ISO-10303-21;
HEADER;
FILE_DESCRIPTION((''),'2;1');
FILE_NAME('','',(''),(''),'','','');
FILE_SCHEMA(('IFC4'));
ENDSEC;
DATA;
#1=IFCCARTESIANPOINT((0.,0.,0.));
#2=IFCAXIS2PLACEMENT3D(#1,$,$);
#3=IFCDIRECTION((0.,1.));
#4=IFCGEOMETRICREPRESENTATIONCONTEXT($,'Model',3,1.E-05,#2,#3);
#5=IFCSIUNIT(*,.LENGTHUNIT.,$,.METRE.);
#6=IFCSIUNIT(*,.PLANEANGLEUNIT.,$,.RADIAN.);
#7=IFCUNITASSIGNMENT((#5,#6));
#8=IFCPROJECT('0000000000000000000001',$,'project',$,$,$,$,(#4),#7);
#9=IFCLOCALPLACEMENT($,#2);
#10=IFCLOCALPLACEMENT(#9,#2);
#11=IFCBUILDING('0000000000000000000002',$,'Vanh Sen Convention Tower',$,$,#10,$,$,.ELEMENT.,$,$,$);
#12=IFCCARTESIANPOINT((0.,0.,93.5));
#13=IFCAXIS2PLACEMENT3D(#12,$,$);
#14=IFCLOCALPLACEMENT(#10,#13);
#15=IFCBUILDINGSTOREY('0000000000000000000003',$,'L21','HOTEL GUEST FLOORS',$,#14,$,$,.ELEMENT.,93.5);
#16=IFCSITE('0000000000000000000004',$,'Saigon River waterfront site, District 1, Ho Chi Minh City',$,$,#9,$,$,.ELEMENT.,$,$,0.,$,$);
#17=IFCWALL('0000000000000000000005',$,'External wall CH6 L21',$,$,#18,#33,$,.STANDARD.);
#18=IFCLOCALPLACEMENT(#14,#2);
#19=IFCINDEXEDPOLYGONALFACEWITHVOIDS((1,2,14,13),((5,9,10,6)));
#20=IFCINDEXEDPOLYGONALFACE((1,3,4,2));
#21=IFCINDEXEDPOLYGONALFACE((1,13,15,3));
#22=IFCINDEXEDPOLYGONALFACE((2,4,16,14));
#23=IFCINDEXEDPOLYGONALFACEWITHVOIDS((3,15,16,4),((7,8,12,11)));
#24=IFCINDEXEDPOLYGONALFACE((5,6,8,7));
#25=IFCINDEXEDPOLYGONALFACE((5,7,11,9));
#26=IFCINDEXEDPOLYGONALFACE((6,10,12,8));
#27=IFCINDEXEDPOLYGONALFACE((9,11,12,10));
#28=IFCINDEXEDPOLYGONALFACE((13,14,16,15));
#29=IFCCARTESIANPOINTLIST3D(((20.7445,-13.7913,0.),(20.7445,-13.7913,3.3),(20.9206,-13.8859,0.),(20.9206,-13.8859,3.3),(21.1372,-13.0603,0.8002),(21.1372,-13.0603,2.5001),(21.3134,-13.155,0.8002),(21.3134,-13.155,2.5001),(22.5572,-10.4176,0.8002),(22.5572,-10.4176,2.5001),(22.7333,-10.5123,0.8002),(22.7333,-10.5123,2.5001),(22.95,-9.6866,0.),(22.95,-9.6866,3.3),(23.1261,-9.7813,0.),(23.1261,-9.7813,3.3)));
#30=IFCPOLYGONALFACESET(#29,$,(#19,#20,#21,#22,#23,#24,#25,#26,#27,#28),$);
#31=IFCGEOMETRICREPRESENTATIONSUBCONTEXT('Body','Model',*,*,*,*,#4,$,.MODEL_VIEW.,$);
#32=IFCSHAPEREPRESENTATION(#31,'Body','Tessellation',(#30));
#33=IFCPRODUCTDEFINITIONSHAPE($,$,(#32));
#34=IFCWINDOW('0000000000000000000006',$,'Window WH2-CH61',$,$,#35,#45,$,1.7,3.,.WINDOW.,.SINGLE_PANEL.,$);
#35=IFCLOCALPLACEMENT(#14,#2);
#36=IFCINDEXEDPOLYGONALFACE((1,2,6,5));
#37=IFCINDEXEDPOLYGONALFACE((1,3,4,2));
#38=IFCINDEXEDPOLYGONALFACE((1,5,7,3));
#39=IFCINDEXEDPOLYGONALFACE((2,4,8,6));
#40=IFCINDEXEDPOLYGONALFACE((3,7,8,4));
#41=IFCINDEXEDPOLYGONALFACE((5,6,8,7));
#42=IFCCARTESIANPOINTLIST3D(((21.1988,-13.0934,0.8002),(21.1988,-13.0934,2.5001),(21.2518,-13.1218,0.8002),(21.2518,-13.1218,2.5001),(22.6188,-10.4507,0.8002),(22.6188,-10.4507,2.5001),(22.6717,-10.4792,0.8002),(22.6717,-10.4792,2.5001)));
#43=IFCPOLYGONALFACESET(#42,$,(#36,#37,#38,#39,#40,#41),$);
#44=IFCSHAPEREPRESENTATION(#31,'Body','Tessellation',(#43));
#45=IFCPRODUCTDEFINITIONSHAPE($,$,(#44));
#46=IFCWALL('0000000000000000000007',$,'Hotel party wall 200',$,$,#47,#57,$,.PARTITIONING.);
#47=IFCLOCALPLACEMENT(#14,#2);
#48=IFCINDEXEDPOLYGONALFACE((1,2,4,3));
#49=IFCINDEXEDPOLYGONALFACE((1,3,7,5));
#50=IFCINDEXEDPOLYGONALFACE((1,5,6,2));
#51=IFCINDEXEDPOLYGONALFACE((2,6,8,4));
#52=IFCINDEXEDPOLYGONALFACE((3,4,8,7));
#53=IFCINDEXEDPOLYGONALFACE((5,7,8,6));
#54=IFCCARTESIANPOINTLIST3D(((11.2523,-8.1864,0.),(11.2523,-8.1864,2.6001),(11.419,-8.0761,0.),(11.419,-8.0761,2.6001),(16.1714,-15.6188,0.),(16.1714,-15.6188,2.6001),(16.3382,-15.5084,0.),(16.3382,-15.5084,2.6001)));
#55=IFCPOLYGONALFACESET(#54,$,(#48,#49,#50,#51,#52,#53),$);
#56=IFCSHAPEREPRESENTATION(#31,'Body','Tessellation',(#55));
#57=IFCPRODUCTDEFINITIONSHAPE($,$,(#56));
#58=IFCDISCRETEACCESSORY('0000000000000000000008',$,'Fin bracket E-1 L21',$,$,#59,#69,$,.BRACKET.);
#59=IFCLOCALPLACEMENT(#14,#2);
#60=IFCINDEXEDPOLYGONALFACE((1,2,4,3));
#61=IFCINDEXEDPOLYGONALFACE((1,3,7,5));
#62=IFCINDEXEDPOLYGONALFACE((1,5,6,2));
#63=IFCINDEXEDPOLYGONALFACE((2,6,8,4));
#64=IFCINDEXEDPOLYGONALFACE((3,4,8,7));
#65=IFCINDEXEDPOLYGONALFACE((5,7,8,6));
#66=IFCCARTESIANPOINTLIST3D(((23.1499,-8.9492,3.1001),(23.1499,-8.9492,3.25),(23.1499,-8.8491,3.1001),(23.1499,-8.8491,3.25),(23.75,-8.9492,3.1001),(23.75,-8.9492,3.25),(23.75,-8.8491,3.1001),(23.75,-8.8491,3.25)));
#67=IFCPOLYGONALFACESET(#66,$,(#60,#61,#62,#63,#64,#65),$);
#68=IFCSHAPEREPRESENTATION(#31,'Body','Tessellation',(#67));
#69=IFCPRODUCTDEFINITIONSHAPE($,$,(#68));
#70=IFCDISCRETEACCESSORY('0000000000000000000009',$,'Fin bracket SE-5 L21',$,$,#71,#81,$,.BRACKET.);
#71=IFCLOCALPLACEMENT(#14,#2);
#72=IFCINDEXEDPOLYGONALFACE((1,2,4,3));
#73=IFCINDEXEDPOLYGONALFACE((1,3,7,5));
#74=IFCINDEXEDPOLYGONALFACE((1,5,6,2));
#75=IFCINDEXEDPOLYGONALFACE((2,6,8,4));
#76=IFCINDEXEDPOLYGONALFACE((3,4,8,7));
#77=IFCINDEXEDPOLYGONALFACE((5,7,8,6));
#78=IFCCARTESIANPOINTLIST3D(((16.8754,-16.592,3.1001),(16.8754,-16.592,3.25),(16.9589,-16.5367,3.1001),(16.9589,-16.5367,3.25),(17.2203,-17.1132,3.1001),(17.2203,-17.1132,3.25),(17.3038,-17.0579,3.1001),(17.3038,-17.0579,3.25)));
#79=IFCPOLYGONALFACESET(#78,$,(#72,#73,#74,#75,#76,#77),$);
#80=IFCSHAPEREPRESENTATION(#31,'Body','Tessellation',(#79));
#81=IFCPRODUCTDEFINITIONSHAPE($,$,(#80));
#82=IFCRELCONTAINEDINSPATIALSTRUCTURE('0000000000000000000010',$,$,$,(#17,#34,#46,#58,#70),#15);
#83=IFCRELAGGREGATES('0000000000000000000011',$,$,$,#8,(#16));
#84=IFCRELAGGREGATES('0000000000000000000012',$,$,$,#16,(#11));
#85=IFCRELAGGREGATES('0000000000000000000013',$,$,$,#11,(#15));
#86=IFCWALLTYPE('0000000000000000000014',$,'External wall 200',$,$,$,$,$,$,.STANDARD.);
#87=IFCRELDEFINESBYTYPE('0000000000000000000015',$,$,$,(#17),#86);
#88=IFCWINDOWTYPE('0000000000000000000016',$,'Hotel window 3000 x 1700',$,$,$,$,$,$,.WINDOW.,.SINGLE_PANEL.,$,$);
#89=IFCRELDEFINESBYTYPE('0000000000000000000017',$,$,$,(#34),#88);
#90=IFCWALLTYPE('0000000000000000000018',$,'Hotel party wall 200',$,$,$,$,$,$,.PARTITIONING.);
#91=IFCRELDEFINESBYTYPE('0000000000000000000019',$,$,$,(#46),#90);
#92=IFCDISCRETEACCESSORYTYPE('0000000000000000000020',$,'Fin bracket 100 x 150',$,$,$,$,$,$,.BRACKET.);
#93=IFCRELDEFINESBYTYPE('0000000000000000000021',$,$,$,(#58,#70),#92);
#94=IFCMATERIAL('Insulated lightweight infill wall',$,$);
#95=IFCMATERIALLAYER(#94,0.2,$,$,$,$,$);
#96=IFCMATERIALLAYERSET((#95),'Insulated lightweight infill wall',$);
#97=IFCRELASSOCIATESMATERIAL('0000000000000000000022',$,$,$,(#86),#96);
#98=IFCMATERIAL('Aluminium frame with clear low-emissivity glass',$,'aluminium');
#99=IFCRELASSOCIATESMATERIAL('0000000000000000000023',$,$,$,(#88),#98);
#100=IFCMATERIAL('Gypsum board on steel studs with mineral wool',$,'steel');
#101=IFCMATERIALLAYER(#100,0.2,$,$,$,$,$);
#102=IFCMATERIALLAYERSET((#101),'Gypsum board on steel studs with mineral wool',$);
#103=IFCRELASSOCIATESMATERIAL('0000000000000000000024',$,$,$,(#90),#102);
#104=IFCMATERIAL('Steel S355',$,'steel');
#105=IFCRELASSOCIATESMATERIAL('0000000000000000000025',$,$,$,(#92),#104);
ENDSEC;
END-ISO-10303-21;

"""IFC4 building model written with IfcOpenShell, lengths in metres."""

from ifc_helpers import new_model, si_unit, direction, frame, frame_2d, origin, origin_2d, place, context, subcontext, project, spatial, rectangle, extrude, material, layer, layer_set, type_object, element, fill, save


model = new_model("IFC4")

# Units and contexts
model_context = context("Model", 3, precision=1e-05, world=origin(), true_north=direction((0.0, 1.0)))
body_context = subcontext(model_context, "Body", "Model", "MODEL_VIEW")
ifc_project = project(units=[si_unit("LENGTHUNIT", "METRE"), si_unit("PLANEANGLEUNIT", "RADIAN")], contexts=[model_context])

# Site, building, storey
site_placement = place(None, origin())
site = spatial("IfcSite", under=ifc_project, at=site_placement, Name="Saigon River waterfront site, District 1, Ho Chi Minh City", CompositionType="ELEMENT", RefElevation=0.0)
building_placement = place(site_placement, origin())
building = spatial("IfcBuilding", under=site, at=building_placement, Name="Vanh Sen Convention Tower", CompositionType="ELEMENT")
storey_placement = place(building_placement, frame((0.0, 0.0, 93.5)))
storey = spatial("IfcBuildingStorey", under=building, at=storey_placement, Name="L21", Description="HOTEL GUEST FLOORS", CompositionType="ELEMENT", Elevation=93.5)

# Shared definitions
ifc_material_1 = material(Name="Insulated lightweight infill wall")
ifc_layer_1 = layer(ifc_material_1, 0.2)
ifc_layer_set_1 = layer_set([ifc_layer_1], Name="Insulated lightweight infill wall")
wall_type_1 = type_object("IfcWallType", Name="External wall 200", PredefinedType="STANDARD", material=ifc_layer_set_1)
ifc_material_2 = material(Name="Aluminium frame with clear low-emissivity glass", Category="aluminium")

# Wall, opening, window
wall_1_placement = place(storey_placement, frame((20.8325, -13.8386, 0.0), z_axis=(0.0, 0.0, 1.0), x_axis=(0.473322, 0.88089, 0.0)))
wall_1 = element("IfcWall", 1, at=wall_1_placement, inside=storey, type_object=wall_type_1, Name="External wall CH6 L21", PredefinedType="STANDARD", context=body_context, shape_type="SweptSolid", body=[
    extrude(rectangle(XDim=4.6597, YDim=0.2, at=frame_2d((2.3298, 0.0))), origin(), (0.0, 0.0, 1.0), 3.3),
])
opening_1_placement = place(wall_1_placement, frame((0.8298, 0.0, 0.8)))
opening_1 = element("IfcOpeningElement", 2, at=opening_1_placement, cuts=wall_1, PredefinedType="OPENING", context=body_context, shape_type="SweptSolid", body=[
    extrude(rectangle(XDim=3.0, YDim=1.7, at=frame_2d((1.5, 0.8501))), frame((0.0, 0.1099, 0.0), z_axis=(0.0, -1.0, 0.0), x_axis=(1.0, 0.0, 0.0)), (0.0, 0.0, 1.0), 0.22),
])
window_type_1 = type_object("IfcWindowType", Name="Hotel window 3000 x 1700", PartitioningType="SINGLE_PANEL", PredefinedType="WINDOW", material=ifc_material_2)
window_1_placement = place(opening_1_placement, origin())
window_1 = element("IfcWindow", 3, at=window_1_placement, inside=storey, type_object=window_type_1, Name="Window WH2-CH61", OverallHeight=1.7, OverallWidth=3.0, PartitioningType="SINGLE_PANEL", PredefinedType="WINDOW", context=body_context, shape_type="SweptSolid", body=[
    extrude(rectangle(XDim=3.0, YDim=1.7, at=frame_2d((1.5, 0.8501))), frame((0.0, 0.03, 0.0), z_axis=(0.0, -1.0, 0.0), x_axis=(1.0, 0.0, 0.0)), (0.0, 0.0, 1.0), 0.0601),
])
fill(opening_1, window_1)

# Wall
ifc_material_3 = material(Name="Gypsum board on steel studs with mineral wool", Category="steel")
ifc_layer_2 = layer(ifc_material_3, 0.2)
ifc_layer_set_2 = layer_set([ifc_layer_2], Name="Gypsum board on steel studs with mineral wool")
wall_type_2 = type_object("IfcWallType", Name="Hotel party wall 200", PredefinedType="PARTITIONING", material=ifc_layer_set_2)
wall_2_placement = place(storey_placement, frame((16.2549, -15.5637, 0.0), z_axis=(0.0, 0.0, 1.0), x_axis=(-0.551922, 0.833896, 0.0)))
element("IfcWall", 4, at=wall_2_placement, inside=storey, type_object=wall_type_2, Name="Hotel party wall 200", PredefinedType="PARTITIONING", context=body_context, shape_type="SweptSolid", body=[
    extrude(rectangle(XDim=8.9128, YDim=0.2, at=frame_2d((4.4565, 0.0))), origin(), (0.0, 0.0, 1.0), 2.6001),
])

# Discrete accessories
ifc_material_4 = material(Name="Steel S355", Category="steel")
discrete_accessory_type = type_object("IfcDiscreteAccessoryType", Name="Fin bracket 100 x 150", PredefinedType="BRACKET", material=ifc_material_4)
discrete_accessory_1_placement = place(storey_placement, frame((23.45, -8.8992, 3.1001), z_axis=(0.0, 0.0, 1.0), x_axis=(1.0, 0.0, 0.0)))
element("IfcDiscreteAccessory", 5, at=discrete_accessory_1_placement, inside=storey, type_object=discrete_accessory_type, Name="Fin bracket E-1 L21", PredefinedType="BRACKET", context=body_context, shape_type="SweptSolid", body=[
    extrude(rectangle(XDim=0.6001, YDim=0.1001, at=origin_2d()), origin(), (0.0, 0.0, 1.0), 0.1499),
])
discrete_accessory_2_placement = place(storey_placement, frame((17.0896, -16.825, 3.1001), z_axis=(0.0, 0.0, 1.0), x_axis=(0.551937, -0.833886, 0.0)))
element("IfcDiscreteAccessory", 6, at=discrete_accessory_2_placement, inside=storey, type_object=discrete_accessory_type, Name="Fin bracket SE-5 L21", PredefinedType="BRACKET", context=body_context, shape_type="SweptSolid", body=[
    extrude(rectangle(XDim=0.625, YDim=0.1001, at=origin_2d()), origin(), (0.0, 0.0, 1.0), 0.1499),
])

save(model, "model.ifc")
